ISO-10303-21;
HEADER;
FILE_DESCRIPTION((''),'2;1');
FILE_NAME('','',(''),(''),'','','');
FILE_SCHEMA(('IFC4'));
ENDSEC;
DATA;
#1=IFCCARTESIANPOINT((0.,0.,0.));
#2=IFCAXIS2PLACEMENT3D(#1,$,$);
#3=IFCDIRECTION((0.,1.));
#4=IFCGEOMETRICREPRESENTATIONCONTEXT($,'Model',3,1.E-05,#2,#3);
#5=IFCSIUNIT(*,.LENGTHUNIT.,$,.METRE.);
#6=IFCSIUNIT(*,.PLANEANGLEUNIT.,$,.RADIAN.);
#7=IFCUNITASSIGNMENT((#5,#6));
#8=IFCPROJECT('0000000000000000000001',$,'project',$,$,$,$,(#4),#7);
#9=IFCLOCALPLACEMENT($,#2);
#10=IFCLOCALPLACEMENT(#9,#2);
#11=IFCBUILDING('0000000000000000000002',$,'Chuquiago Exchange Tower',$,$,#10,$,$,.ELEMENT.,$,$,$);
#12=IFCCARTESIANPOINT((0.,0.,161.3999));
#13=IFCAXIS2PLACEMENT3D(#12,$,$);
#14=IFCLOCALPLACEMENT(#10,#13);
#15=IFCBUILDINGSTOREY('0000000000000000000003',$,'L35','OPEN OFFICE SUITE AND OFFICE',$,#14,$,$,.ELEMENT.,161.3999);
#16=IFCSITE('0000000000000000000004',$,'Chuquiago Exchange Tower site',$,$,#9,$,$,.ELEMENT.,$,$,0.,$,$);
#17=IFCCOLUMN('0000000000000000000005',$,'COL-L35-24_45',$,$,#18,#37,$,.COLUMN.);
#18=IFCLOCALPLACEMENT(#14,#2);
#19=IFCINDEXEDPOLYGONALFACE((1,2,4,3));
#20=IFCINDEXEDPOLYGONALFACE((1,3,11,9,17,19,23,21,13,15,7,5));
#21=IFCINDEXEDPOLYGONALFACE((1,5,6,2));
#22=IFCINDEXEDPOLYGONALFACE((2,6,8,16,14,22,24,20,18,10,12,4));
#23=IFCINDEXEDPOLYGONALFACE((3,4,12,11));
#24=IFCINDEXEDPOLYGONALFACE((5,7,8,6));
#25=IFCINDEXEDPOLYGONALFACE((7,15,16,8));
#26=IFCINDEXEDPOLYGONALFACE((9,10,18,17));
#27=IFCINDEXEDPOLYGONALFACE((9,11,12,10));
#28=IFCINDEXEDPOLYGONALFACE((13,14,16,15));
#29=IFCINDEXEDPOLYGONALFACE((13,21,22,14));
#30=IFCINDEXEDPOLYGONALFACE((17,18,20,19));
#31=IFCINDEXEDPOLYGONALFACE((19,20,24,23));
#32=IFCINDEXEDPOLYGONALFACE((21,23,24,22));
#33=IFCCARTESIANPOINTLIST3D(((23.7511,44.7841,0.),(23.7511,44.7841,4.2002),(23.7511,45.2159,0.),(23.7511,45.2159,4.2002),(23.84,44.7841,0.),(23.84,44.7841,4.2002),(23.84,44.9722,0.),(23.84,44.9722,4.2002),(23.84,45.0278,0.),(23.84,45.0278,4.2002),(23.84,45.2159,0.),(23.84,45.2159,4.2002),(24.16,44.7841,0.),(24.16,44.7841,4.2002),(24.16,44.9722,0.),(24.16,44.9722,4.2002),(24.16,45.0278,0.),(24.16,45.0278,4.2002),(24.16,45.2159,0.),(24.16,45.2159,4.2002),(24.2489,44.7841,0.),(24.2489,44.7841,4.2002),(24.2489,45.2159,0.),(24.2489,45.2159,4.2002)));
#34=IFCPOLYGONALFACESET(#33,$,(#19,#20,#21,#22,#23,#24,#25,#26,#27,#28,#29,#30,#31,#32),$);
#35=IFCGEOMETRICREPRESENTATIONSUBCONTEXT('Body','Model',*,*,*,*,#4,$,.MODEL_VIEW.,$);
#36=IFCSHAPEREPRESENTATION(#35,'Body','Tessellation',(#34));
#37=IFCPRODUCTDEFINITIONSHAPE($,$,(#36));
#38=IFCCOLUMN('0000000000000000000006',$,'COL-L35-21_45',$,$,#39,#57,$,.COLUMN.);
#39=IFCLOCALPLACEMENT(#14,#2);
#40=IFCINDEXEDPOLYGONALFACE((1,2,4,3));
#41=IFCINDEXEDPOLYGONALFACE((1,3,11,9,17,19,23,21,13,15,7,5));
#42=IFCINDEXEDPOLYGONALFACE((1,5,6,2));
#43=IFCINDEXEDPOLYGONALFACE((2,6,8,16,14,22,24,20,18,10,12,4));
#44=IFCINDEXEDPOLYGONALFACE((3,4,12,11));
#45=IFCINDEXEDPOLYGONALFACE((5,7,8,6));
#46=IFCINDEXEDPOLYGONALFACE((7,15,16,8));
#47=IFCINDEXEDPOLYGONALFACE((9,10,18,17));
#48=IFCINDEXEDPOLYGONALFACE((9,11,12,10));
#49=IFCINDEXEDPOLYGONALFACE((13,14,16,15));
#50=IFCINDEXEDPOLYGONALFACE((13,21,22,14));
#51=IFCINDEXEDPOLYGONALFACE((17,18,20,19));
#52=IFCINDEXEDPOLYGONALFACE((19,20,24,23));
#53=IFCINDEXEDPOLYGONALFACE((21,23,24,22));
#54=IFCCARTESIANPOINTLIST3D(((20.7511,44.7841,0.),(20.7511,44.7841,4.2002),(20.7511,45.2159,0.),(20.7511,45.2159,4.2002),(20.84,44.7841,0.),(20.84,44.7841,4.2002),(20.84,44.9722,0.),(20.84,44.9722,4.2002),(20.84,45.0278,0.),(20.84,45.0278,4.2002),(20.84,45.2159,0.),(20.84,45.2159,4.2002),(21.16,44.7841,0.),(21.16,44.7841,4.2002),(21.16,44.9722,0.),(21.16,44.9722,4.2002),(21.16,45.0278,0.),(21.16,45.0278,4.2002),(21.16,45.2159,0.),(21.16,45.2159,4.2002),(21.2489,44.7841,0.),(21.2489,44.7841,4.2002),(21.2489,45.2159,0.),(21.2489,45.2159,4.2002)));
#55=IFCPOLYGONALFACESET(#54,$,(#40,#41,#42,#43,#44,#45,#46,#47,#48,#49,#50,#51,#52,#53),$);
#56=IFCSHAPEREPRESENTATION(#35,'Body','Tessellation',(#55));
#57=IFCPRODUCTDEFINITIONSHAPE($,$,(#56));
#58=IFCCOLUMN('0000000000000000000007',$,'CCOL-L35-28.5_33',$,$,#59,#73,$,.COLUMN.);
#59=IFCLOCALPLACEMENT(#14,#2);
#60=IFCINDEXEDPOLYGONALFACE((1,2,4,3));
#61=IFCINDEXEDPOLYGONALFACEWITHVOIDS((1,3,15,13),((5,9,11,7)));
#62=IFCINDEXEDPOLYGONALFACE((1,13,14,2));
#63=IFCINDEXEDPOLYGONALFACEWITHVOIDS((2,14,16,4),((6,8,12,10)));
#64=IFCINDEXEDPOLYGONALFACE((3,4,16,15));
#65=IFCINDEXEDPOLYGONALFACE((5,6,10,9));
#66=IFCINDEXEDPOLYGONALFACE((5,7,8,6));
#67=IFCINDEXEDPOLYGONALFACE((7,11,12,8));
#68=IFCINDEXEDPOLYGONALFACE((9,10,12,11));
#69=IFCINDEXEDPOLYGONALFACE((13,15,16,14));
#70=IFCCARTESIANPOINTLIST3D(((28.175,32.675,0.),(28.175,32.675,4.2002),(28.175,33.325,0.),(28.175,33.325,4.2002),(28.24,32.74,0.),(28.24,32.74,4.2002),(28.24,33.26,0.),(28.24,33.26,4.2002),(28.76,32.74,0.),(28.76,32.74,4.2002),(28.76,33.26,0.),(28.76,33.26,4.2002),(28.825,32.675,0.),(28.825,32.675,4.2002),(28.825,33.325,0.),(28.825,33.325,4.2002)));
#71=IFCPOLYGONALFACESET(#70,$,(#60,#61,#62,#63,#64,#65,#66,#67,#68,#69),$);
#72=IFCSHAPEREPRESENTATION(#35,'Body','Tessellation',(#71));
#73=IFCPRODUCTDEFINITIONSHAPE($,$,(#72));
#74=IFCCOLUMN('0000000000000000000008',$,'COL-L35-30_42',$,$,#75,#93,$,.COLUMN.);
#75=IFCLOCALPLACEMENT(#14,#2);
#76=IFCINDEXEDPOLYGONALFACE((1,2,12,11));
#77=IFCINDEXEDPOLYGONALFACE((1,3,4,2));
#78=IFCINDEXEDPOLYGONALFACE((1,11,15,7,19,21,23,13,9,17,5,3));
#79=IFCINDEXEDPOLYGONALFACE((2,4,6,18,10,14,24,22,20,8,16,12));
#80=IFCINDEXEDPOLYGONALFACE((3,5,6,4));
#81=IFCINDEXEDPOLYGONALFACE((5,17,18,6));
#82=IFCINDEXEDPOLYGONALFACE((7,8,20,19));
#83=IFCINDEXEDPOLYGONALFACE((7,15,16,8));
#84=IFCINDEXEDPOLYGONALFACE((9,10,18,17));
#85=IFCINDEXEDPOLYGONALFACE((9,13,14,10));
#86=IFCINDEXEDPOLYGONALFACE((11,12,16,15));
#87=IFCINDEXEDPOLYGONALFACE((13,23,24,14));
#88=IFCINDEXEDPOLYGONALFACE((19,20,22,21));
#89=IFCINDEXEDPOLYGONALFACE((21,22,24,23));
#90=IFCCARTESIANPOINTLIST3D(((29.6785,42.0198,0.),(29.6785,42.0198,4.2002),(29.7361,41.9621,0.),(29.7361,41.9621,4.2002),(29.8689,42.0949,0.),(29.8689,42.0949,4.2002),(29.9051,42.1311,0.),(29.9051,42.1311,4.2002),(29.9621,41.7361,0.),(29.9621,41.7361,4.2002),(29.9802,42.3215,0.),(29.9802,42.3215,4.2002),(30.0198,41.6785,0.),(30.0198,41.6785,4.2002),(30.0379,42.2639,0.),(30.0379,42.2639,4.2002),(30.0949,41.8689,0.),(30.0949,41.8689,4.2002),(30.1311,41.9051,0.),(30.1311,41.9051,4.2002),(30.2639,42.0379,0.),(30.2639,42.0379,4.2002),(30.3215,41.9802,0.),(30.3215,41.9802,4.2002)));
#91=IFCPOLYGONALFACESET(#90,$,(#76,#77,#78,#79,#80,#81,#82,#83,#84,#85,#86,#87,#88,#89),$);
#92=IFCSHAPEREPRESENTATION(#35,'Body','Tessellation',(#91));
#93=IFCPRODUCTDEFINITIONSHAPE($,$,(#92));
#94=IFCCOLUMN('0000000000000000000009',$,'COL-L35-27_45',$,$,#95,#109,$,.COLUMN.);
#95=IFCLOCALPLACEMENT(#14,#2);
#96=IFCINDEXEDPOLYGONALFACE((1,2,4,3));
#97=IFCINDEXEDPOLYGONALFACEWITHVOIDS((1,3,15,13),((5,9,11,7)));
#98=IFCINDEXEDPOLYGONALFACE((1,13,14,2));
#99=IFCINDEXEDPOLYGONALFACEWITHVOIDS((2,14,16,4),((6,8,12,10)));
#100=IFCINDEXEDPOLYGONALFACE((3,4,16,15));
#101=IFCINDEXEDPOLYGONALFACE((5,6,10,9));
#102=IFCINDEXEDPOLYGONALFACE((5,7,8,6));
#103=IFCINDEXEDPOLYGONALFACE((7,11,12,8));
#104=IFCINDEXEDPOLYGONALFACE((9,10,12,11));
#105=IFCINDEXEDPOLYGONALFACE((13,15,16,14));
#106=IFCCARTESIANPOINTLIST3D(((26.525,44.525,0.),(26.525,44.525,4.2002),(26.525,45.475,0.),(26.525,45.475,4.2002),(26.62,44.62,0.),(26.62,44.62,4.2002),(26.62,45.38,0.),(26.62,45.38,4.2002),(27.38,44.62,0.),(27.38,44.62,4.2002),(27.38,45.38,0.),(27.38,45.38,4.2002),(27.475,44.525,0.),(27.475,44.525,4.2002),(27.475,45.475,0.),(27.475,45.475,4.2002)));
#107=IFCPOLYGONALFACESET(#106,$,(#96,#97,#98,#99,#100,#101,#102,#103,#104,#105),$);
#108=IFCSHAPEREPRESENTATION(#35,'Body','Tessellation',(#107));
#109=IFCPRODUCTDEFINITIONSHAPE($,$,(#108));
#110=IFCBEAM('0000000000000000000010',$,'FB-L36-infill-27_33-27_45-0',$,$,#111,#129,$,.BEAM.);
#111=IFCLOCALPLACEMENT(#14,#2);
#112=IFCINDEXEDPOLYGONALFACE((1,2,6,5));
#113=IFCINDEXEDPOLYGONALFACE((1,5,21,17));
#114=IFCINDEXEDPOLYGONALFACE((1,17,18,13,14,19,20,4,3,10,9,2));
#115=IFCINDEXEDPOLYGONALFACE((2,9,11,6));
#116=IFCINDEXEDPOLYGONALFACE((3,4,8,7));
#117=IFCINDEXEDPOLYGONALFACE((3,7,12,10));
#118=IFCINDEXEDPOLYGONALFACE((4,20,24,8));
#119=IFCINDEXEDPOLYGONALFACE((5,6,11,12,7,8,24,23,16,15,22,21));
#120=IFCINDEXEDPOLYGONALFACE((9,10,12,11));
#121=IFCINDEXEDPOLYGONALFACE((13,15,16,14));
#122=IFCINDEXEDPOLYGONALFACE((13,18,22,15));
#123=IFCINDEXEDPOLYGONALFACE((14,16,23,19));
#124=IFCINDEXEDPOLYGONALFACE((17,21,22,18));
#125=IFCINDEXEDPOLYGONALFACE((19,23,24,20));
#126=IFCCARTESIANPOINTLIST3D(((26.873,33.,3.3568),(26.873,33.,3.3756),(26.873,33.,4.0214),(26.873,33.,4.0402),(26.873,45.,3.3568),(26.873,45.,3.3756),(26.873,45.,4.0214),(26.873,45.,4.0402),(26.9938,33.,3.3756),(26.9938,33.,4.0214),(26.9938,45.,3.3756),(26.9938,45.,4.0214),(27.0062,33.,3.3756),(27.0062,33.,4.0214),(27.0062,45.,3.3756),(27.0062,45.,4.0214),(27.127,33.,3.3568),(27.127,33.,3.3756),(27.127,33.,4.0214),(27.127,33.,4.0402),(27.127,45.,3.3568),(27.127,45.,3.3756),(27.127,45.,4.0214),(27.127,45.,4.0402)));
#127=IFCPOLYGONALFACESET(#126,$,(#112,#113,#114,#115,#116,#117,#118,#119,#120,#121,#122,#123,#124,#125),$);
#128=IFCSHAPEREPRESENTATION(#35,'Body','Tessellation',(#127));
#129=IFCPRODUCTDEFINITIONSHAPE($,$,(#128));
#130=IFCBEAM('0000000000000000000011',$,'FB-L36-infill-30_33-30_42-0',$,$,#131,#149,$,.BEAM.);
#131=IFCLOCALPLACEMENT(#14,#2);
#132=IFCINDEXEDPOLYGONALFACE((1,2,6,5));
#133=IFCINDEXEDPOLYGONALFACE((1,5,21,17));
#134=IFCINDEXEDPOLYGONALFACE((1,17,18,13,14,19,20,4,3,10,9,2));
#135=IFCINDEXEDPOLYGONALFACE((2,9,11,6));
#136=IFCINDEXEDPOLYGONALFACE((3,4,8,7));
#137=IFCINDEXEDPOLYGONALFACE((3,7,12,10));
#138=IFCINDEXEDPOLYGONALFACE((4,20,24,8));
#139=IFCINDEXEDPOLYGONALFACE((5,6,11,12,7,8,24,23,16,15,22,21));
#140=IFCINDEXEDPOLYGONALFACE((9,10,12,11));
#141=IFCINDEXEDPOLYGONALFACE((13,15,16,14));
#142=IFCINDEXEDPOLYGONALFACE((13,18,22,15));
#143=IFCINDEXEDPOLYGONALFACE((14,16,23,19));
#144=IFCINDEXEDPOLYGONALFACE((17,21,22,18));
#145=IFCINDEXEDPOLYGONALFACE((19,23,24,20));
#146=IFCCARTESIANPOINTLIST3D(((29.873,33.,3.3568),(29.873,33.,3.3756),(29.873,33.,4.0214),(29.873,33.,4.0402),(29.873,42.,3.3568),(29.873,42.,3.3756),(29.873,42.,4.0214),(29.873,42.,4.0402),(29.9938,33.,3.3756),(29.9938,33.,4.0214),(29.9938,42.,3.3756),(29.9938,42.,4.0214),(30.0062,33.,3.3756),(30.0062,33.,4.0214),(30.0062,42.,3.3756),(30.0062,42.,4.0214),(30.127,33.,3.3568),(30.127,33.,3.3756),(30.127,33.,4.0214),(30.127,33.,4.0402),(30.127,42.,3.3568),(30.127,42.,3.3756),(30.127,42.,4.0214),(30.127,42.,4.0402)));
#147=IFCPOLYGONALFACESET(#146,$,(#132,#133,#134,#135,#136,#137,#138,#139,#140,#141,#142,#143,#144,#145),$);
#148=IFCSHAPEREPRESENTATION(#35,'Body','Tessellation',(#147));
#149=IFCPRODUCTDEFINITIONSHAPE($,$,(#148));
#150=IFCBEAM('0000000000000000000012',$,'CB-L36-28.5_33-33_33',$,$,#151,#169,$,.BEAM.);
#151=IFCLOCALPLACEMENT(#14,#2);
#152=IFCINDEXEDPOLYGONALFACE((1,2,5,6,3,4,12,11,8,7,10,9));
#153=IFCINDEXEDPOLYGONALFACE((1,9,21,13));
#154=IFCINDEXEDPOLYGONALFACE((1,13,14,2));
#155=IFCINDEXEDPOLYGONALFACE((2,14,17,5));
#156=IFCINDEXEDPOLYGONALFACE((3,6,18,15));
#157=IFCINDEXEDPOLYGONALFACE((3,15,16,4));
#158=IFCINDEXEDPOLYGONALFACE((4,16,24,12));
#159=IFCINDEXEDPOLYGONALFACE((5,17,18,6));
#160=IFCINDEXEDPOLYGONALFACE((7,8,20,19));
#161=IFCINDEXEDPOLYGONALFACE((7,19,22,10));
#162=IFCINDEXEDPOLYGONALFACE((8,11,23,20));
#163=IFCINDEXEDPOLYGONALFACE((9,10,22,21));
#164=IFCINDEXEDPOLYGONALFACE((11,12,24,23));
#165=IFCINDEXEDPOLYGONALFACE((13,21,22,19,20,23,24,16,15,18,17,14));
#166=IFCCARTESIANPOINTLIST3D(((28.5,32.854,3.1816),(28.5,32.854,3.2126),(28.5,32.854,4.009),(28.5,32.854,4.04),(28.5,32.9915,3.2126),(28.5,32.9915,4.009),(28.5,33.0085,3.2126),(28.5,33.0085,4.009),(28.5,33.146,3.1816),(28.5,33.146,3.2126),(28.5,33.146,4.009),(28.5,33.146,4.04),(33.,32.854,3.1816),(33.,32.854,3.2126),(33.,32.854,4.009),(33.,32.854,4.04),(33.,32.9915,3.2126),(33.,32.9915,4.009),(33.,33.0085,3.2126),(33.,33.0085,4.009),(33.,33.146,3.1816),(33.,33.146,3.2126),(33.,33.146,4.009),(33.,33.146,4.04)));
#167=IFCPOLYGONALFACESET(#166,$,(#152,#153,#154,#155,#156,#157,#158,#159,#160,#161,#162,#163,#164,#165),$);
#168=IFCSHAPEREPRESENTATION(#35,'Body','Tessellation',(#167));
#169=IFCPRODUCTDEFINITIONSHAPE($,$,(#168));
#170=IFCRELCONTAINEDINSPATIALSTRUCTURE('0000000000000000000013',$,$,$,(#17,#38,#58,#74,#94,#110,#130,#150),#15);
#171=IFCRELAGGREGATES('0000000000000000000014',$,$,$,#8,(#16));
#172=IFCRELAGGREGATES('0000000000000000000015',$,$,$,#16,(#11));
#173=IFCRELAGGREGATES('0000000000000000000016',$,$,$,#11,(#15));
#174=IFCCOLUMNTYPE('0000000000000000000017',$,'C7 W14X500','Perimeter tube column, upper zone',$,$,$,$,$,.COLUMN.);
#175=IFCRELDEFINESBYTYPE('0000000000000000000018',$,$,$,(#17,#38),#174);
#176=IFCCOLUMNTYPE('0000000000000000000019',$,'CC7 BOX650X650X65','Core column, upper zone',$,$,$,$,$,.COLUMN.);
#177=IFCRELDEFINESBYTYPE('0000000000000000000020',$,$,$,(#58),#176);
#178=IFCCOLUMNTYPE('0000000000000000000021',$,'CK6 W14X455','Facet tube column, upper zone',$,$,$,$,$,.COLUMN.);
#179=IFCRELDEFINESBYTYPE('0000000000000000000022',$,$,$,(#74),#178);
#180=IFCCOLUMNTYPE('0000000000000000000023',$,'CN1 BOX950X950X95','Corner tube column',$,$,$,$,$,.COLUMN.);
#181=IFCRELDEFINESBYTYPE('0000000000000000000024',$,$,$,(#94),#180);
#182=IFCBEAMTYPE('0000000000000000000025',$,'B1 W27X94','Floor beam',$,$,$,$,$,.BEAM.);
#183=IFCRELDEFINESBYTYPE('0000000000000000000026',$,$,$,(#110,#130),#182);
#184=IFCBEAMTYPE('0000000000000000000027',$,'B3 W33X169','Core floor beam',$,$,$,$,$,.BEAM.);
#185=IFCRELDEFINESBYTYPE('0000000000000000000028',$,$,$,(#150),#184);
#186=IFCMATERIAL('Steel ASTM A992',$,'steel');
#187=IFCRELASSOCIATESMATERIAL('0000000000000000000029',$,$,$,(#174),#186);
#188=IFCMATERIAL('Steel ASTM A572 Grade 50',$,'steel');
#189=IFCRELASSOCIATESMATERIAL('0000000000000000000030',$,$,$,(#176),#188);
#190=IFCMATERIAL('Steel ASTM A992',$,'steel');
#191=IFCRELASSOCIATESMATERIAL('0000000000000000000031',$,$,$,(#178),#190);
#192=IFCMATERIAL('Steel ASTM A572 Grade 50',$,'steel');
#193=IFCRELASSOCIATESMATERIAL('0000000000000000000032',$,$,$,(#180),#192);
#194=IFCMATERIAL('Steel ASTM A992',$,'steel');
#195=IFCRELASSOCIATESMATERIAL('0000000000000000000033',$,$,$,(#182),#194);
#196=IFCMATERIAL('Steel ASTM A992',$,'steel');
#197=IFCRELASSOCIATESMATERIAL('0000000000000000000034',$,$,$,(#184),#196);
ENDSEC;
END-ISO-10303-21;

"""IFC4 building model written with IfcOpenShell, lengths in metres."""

from ifc_helpers import new_model, si_unit, direction, frame, origin, origin_2d, place, context, subcontext, project, spatial, hollow_rectangle, i_section, extrude, material, material_profile, profile_set, type_object, element, save


model = new_model("IFC4")

# Units and contexts
model_context = context("Model", 3, precision=1e-05, world=origin(), true_north=direction((0.0, 1.0)))
body_context = subcontext(model_context, "Body", "Model", "MODEL_VIEW")
ifc_project = project(units=[si_unit("LENGTHUNIT", "METRE"), si_unit("PLANEANGLEUNIT", "RADIAN")], contexts=[model_context])

# Site, building, storey
site_placement = place(None, origin())
site = spatial("IfcSite", under=ifc_project, at=site_placement, Name="Chuquiago Exchange Tower site", CompositionType="ELEMENT", RefElevation=0.0)
building_placement = place(site_placement, origin())
building = spatial("IfcBuilding", under=site, at=building_placement, Name="Chuquiago Exchange Tower", CompositionType="ELEMENT")
storey_placement = place(building_placement, frame((0.0, 0.0, 161.3999)))
storey = spatial("IfcBuildingStorey", under=building, at=storey_placement, Name="L35", Description="OPEN OFFICE SUITE AND OFFICE", CompositionType="ELEMENT", Elevation=161.3999)

# Columns
ifc_material_1 = material(Name="Steel ASTM A992", Category="steel")
ifc_material_profile_1 = material_profile(ifc_material_1, i_section(OverallWidth=0.4319, OverallDepth=0.4978, WebThickness=0.0557, FlangeThickness=0.0889, at=origin_2d()), Name="W14X500")
ifc_profile_set_1 = profile_set([ifc_material_profile_1], Name="Steel ASTM A992")
column_type_1 = type_object("IfcColumnType", Name="C7 W14X500", Description="Perimeter tube column, upper zone", PredefinedType="COLUMN", material=ifc_profile_set_1)
for number, where, z_axis, x_axis, name in (
    (1, (24.0, 45.0, 0.0), (0.0, 0.0, 1.0), (0.0, 1.0, 0.0), "COL-L35-24_45"),
    (2, (21.0, 45.0, 0.0), (0.0, 0.0, 1.0), (0.0, 1.0, 0.0), "COL-L35-21_45"),
):
    element("IfcColumn", number, at=place(storey_placement, frame(where, z_axis=z_axis, x_axis=x_axis)), inside=storey, type_object=column_type_1, Name=name, PredefinedType="COLUMN", context=body_context, shape_type="SweptSolid", body=[
        extrude(i_section(OverallWidth=0.4319, OverallDepth=0.4978, WebThickness=0.0557, FlangeThickness=0.0889, at=origin_2d()), origin(), (0.0, 0.0, 1.0), 4.2002),
    ])
ifc_material_2 = material(Name="Steel ASTM A572 Grade 50", Category="steel")
ifc_material_profile_2 = material_profile(ifc_material_2, hollow_rectangle(XDim=0.6499, YDim=0.6499, WallThickness=0.0649, at=origin_2d()), Name="BOX650X650X65")
ifc_profile_set_2 = profile_set([ifc_material_profile_2], Name="Steel ASTM A572 Grade 50")
column_type_2 = type_object("IfcColumnType", Name="CC7 BOX650X650X65", Description="Core column, upper zone", PredefinedType="COLUMN", material=ifc_profile_set_2)
column_1_placement = place(storey_placement, frame((28.5, 33.0, 0.0), z_axis=(0.0, 0.0, 1.0), x_axis=(1.0, 0.0, 0.0)))
element("IfcColumn", 3, at=column_1_placement, inside=storey, type_object=column_type_2, Name="CCOL-L35-28.5_33", PredefinedType="COLUMN", context=body_context, shape_type="SweptSolid", body=[
    extrude(hollow_rectangle(XDim=0.6499, YDim=0.6499, WallThickness=0.0649, at=origin_2d()), origin(), (0.0, 0.0, 1.0), 4.2002),
])
ifc_material_3 = material(Name="Steel ASTM A992", Category="steel")
ifc_material_profile_3 = material_profile(ifc_material_3, i_section(OverallWidth=0.4268, OverallDepth=0.4827, WebThickness=0.0513, FlangeThickness=0.0815, at=origin_2d()), Name="W14X455")
ifc_profile_set_3 = profile_set([ifc_material_profile_3], Name="Steel ASTM A992")
column_type_3 = type_object("IfcColumnType", Name="CK6 W14X455", Description="Facet tube column, upper zone", PredefinedType="COLUMN", material=ifc_profile_set_3)
column_2_placement = place(storey_placement, frame((30.0, 42.0, 0.0), z_axis=(0.0, 0.0, 1.0), x_axis=(0.707107, 0.707107, 0.0)))
element("IfcColumn", 4, at=column_2_placement, inside=storey, type_object=column_type_3, Name="COL-L35-30_42", PredefinedType="COLUMN", context=body_context, shape_type="SweptSolid", body=[
    extrude(i_section(OverallWidth=0.4268, OverallDepth=0.4827, WebThickness=0.0513, FlangeThickness=0.0815, at=origin_2d()), origin(), (0.0, 0.0, 1.0), 4.2002),
])
ifc_material_4 = material(Name="Steel ASTM A572 Grade 50", Category="steel")
ifc_material_profile_4 = material_profile(ifc_material_4, hollow_rectangle(XDim=0.95, YDim=0.95, WallThickness=0.095, at=origin_2d()), Name="BOX950X950X95")
ifc_profile_set_4 = profile_set([ifc_material_profile_4], Name="Steel ASTM A572 Grade 50")
column_type_4 = type_object("IfcColumnType", Name="CN1 BOX950X950X95", Description="Corner tube column", PredefinedType="COLUMN", material=ifc_profile_set_4)
column_3_placement = place(storey_placement, frame((27.0, 45.0, 0.0), z_axis=(0.0, 0.0, 1.0), x_axis=(0.0, 1.0, 0.0)))
element("IfcColumn", 5, at=column_3_placement, inside=storey, type_object=column_type_4, Name="COL-L35-27_45", PredefinedType="COLUMN", context=body_context, shape_type="SweptSolid", body=[
    extrude(hollow_rectangle(XDim=0.95, YDim=0.95, WallThickness=0.095, at=origin_2d()), origin(), (0.0, 0.0, 1.0), 4.2002),
])

# Beams
ifc_material_5 = material(Name="Steel ASTM A992", Category="steel")
ifc_material_profile_5 = material_profile(ifc_material_5, i_section(OverallWidth=0.2539, OverallDepth=0.6833, WebThickness=0.0125, FlangeThickness=0.0188, at=origin_2d()), Name="W27X94")
ifc_profile_set_5 = profile_set([ifc_material_profile_5], Name="Steel ASTM A992")
beam_type_1 = type_object("IfcBeamType", Name="B1 W27X94", Description="Floor beam", PredefinedType="BEAM", material=ifc_profile_set_5)
beam_1_placement = place(storey_placement, frame((27.0, 33.0, 3.6985), z_axis=(0.0, 1.0, 0.0), x_axis=(-1.0, 0.0, 0.0)))
element("IfcBeam", 6, at=beam_1_placement, inside=storey, type_object=beam_type_1, Name="FB-L36-infill-27_33-27_45-0", PredefinedType="BEAM", context=body_context, shape_type="SweptSolid", body=[
    extrude(i_section(OverallWidth=0.2539, OverallDepth=0.6833, WebThickness=0.0125, FlangeThickness=0.0188, at=origin_2d()), origin(), (0.0, 0.0, 1.0), 12.0),
])
beam_2_placement = place(storey_placement, frame((30.0, 33.0, 3.6985), z_axis=(0.0, 1.0, 0.0), x_axis=(-1.0, 0.0, 0.0)))
element("IfcBeam", 7, at=beam_2_placement, inside=storey, type_object=beam_type_1, Name="FB-L36-infill-30_33-30_42-0", PredefinedType="BEAM", context=body_context, shape_type="SweptSolid", body=[
    extrude(i_section(OverallWidth=0.2539, OverallDepth=0.6833, WebThickness=0.0125, FlangeThickness=0.0188, at=origin_2d()), origin(), (0.0, 0.0, 1.0), 9.0),
])
ifc_material_6 = material(Name="Steel ASTM A992", Category="steel")
ifc_material_profile_6 = material_profile(ifc_material_6, i_section(OverallWidth=0.292, OverallDepth=0.8584, WebThickness=0.0171, FlangeThickness=0.031, at=origin_2d()), Name="W33X169")
ifc_profile_set_6 = profile_set([ifc_material_profile_6], Name="Steel ASTM A992")
beam_type_2 = type_object("IfcBeamType", Name="B3 W33X169", Description="Core floor beam", PredefinedType="BEAM", material=ifc_profile_set_6)
beam_3_placement = place(storey_placement, frame((28.5, 33.0, 3.6108), z_axis=(1.0, 0.0, 0.0), x_axis=(0.0, 1.0, 0.0)))
element("IfcBeam", 8, at=beam_3_placement, inside=storey, type_object=beam_type_2, Name="CB-L36-28.5_33-33_33", PredefinedType="BEAM", context=body_context, shape_type="SweptSolid", body=[
    extrude(i_section(OverallWidth=0.292, OverallDepth=0.8584, WebThickness=0.0171, FlangeThickness=0.031, at=origin_2d()), origin(), (0.0, 0.0, 1.0), 4.5),
])

save(model, "model.ifc")
